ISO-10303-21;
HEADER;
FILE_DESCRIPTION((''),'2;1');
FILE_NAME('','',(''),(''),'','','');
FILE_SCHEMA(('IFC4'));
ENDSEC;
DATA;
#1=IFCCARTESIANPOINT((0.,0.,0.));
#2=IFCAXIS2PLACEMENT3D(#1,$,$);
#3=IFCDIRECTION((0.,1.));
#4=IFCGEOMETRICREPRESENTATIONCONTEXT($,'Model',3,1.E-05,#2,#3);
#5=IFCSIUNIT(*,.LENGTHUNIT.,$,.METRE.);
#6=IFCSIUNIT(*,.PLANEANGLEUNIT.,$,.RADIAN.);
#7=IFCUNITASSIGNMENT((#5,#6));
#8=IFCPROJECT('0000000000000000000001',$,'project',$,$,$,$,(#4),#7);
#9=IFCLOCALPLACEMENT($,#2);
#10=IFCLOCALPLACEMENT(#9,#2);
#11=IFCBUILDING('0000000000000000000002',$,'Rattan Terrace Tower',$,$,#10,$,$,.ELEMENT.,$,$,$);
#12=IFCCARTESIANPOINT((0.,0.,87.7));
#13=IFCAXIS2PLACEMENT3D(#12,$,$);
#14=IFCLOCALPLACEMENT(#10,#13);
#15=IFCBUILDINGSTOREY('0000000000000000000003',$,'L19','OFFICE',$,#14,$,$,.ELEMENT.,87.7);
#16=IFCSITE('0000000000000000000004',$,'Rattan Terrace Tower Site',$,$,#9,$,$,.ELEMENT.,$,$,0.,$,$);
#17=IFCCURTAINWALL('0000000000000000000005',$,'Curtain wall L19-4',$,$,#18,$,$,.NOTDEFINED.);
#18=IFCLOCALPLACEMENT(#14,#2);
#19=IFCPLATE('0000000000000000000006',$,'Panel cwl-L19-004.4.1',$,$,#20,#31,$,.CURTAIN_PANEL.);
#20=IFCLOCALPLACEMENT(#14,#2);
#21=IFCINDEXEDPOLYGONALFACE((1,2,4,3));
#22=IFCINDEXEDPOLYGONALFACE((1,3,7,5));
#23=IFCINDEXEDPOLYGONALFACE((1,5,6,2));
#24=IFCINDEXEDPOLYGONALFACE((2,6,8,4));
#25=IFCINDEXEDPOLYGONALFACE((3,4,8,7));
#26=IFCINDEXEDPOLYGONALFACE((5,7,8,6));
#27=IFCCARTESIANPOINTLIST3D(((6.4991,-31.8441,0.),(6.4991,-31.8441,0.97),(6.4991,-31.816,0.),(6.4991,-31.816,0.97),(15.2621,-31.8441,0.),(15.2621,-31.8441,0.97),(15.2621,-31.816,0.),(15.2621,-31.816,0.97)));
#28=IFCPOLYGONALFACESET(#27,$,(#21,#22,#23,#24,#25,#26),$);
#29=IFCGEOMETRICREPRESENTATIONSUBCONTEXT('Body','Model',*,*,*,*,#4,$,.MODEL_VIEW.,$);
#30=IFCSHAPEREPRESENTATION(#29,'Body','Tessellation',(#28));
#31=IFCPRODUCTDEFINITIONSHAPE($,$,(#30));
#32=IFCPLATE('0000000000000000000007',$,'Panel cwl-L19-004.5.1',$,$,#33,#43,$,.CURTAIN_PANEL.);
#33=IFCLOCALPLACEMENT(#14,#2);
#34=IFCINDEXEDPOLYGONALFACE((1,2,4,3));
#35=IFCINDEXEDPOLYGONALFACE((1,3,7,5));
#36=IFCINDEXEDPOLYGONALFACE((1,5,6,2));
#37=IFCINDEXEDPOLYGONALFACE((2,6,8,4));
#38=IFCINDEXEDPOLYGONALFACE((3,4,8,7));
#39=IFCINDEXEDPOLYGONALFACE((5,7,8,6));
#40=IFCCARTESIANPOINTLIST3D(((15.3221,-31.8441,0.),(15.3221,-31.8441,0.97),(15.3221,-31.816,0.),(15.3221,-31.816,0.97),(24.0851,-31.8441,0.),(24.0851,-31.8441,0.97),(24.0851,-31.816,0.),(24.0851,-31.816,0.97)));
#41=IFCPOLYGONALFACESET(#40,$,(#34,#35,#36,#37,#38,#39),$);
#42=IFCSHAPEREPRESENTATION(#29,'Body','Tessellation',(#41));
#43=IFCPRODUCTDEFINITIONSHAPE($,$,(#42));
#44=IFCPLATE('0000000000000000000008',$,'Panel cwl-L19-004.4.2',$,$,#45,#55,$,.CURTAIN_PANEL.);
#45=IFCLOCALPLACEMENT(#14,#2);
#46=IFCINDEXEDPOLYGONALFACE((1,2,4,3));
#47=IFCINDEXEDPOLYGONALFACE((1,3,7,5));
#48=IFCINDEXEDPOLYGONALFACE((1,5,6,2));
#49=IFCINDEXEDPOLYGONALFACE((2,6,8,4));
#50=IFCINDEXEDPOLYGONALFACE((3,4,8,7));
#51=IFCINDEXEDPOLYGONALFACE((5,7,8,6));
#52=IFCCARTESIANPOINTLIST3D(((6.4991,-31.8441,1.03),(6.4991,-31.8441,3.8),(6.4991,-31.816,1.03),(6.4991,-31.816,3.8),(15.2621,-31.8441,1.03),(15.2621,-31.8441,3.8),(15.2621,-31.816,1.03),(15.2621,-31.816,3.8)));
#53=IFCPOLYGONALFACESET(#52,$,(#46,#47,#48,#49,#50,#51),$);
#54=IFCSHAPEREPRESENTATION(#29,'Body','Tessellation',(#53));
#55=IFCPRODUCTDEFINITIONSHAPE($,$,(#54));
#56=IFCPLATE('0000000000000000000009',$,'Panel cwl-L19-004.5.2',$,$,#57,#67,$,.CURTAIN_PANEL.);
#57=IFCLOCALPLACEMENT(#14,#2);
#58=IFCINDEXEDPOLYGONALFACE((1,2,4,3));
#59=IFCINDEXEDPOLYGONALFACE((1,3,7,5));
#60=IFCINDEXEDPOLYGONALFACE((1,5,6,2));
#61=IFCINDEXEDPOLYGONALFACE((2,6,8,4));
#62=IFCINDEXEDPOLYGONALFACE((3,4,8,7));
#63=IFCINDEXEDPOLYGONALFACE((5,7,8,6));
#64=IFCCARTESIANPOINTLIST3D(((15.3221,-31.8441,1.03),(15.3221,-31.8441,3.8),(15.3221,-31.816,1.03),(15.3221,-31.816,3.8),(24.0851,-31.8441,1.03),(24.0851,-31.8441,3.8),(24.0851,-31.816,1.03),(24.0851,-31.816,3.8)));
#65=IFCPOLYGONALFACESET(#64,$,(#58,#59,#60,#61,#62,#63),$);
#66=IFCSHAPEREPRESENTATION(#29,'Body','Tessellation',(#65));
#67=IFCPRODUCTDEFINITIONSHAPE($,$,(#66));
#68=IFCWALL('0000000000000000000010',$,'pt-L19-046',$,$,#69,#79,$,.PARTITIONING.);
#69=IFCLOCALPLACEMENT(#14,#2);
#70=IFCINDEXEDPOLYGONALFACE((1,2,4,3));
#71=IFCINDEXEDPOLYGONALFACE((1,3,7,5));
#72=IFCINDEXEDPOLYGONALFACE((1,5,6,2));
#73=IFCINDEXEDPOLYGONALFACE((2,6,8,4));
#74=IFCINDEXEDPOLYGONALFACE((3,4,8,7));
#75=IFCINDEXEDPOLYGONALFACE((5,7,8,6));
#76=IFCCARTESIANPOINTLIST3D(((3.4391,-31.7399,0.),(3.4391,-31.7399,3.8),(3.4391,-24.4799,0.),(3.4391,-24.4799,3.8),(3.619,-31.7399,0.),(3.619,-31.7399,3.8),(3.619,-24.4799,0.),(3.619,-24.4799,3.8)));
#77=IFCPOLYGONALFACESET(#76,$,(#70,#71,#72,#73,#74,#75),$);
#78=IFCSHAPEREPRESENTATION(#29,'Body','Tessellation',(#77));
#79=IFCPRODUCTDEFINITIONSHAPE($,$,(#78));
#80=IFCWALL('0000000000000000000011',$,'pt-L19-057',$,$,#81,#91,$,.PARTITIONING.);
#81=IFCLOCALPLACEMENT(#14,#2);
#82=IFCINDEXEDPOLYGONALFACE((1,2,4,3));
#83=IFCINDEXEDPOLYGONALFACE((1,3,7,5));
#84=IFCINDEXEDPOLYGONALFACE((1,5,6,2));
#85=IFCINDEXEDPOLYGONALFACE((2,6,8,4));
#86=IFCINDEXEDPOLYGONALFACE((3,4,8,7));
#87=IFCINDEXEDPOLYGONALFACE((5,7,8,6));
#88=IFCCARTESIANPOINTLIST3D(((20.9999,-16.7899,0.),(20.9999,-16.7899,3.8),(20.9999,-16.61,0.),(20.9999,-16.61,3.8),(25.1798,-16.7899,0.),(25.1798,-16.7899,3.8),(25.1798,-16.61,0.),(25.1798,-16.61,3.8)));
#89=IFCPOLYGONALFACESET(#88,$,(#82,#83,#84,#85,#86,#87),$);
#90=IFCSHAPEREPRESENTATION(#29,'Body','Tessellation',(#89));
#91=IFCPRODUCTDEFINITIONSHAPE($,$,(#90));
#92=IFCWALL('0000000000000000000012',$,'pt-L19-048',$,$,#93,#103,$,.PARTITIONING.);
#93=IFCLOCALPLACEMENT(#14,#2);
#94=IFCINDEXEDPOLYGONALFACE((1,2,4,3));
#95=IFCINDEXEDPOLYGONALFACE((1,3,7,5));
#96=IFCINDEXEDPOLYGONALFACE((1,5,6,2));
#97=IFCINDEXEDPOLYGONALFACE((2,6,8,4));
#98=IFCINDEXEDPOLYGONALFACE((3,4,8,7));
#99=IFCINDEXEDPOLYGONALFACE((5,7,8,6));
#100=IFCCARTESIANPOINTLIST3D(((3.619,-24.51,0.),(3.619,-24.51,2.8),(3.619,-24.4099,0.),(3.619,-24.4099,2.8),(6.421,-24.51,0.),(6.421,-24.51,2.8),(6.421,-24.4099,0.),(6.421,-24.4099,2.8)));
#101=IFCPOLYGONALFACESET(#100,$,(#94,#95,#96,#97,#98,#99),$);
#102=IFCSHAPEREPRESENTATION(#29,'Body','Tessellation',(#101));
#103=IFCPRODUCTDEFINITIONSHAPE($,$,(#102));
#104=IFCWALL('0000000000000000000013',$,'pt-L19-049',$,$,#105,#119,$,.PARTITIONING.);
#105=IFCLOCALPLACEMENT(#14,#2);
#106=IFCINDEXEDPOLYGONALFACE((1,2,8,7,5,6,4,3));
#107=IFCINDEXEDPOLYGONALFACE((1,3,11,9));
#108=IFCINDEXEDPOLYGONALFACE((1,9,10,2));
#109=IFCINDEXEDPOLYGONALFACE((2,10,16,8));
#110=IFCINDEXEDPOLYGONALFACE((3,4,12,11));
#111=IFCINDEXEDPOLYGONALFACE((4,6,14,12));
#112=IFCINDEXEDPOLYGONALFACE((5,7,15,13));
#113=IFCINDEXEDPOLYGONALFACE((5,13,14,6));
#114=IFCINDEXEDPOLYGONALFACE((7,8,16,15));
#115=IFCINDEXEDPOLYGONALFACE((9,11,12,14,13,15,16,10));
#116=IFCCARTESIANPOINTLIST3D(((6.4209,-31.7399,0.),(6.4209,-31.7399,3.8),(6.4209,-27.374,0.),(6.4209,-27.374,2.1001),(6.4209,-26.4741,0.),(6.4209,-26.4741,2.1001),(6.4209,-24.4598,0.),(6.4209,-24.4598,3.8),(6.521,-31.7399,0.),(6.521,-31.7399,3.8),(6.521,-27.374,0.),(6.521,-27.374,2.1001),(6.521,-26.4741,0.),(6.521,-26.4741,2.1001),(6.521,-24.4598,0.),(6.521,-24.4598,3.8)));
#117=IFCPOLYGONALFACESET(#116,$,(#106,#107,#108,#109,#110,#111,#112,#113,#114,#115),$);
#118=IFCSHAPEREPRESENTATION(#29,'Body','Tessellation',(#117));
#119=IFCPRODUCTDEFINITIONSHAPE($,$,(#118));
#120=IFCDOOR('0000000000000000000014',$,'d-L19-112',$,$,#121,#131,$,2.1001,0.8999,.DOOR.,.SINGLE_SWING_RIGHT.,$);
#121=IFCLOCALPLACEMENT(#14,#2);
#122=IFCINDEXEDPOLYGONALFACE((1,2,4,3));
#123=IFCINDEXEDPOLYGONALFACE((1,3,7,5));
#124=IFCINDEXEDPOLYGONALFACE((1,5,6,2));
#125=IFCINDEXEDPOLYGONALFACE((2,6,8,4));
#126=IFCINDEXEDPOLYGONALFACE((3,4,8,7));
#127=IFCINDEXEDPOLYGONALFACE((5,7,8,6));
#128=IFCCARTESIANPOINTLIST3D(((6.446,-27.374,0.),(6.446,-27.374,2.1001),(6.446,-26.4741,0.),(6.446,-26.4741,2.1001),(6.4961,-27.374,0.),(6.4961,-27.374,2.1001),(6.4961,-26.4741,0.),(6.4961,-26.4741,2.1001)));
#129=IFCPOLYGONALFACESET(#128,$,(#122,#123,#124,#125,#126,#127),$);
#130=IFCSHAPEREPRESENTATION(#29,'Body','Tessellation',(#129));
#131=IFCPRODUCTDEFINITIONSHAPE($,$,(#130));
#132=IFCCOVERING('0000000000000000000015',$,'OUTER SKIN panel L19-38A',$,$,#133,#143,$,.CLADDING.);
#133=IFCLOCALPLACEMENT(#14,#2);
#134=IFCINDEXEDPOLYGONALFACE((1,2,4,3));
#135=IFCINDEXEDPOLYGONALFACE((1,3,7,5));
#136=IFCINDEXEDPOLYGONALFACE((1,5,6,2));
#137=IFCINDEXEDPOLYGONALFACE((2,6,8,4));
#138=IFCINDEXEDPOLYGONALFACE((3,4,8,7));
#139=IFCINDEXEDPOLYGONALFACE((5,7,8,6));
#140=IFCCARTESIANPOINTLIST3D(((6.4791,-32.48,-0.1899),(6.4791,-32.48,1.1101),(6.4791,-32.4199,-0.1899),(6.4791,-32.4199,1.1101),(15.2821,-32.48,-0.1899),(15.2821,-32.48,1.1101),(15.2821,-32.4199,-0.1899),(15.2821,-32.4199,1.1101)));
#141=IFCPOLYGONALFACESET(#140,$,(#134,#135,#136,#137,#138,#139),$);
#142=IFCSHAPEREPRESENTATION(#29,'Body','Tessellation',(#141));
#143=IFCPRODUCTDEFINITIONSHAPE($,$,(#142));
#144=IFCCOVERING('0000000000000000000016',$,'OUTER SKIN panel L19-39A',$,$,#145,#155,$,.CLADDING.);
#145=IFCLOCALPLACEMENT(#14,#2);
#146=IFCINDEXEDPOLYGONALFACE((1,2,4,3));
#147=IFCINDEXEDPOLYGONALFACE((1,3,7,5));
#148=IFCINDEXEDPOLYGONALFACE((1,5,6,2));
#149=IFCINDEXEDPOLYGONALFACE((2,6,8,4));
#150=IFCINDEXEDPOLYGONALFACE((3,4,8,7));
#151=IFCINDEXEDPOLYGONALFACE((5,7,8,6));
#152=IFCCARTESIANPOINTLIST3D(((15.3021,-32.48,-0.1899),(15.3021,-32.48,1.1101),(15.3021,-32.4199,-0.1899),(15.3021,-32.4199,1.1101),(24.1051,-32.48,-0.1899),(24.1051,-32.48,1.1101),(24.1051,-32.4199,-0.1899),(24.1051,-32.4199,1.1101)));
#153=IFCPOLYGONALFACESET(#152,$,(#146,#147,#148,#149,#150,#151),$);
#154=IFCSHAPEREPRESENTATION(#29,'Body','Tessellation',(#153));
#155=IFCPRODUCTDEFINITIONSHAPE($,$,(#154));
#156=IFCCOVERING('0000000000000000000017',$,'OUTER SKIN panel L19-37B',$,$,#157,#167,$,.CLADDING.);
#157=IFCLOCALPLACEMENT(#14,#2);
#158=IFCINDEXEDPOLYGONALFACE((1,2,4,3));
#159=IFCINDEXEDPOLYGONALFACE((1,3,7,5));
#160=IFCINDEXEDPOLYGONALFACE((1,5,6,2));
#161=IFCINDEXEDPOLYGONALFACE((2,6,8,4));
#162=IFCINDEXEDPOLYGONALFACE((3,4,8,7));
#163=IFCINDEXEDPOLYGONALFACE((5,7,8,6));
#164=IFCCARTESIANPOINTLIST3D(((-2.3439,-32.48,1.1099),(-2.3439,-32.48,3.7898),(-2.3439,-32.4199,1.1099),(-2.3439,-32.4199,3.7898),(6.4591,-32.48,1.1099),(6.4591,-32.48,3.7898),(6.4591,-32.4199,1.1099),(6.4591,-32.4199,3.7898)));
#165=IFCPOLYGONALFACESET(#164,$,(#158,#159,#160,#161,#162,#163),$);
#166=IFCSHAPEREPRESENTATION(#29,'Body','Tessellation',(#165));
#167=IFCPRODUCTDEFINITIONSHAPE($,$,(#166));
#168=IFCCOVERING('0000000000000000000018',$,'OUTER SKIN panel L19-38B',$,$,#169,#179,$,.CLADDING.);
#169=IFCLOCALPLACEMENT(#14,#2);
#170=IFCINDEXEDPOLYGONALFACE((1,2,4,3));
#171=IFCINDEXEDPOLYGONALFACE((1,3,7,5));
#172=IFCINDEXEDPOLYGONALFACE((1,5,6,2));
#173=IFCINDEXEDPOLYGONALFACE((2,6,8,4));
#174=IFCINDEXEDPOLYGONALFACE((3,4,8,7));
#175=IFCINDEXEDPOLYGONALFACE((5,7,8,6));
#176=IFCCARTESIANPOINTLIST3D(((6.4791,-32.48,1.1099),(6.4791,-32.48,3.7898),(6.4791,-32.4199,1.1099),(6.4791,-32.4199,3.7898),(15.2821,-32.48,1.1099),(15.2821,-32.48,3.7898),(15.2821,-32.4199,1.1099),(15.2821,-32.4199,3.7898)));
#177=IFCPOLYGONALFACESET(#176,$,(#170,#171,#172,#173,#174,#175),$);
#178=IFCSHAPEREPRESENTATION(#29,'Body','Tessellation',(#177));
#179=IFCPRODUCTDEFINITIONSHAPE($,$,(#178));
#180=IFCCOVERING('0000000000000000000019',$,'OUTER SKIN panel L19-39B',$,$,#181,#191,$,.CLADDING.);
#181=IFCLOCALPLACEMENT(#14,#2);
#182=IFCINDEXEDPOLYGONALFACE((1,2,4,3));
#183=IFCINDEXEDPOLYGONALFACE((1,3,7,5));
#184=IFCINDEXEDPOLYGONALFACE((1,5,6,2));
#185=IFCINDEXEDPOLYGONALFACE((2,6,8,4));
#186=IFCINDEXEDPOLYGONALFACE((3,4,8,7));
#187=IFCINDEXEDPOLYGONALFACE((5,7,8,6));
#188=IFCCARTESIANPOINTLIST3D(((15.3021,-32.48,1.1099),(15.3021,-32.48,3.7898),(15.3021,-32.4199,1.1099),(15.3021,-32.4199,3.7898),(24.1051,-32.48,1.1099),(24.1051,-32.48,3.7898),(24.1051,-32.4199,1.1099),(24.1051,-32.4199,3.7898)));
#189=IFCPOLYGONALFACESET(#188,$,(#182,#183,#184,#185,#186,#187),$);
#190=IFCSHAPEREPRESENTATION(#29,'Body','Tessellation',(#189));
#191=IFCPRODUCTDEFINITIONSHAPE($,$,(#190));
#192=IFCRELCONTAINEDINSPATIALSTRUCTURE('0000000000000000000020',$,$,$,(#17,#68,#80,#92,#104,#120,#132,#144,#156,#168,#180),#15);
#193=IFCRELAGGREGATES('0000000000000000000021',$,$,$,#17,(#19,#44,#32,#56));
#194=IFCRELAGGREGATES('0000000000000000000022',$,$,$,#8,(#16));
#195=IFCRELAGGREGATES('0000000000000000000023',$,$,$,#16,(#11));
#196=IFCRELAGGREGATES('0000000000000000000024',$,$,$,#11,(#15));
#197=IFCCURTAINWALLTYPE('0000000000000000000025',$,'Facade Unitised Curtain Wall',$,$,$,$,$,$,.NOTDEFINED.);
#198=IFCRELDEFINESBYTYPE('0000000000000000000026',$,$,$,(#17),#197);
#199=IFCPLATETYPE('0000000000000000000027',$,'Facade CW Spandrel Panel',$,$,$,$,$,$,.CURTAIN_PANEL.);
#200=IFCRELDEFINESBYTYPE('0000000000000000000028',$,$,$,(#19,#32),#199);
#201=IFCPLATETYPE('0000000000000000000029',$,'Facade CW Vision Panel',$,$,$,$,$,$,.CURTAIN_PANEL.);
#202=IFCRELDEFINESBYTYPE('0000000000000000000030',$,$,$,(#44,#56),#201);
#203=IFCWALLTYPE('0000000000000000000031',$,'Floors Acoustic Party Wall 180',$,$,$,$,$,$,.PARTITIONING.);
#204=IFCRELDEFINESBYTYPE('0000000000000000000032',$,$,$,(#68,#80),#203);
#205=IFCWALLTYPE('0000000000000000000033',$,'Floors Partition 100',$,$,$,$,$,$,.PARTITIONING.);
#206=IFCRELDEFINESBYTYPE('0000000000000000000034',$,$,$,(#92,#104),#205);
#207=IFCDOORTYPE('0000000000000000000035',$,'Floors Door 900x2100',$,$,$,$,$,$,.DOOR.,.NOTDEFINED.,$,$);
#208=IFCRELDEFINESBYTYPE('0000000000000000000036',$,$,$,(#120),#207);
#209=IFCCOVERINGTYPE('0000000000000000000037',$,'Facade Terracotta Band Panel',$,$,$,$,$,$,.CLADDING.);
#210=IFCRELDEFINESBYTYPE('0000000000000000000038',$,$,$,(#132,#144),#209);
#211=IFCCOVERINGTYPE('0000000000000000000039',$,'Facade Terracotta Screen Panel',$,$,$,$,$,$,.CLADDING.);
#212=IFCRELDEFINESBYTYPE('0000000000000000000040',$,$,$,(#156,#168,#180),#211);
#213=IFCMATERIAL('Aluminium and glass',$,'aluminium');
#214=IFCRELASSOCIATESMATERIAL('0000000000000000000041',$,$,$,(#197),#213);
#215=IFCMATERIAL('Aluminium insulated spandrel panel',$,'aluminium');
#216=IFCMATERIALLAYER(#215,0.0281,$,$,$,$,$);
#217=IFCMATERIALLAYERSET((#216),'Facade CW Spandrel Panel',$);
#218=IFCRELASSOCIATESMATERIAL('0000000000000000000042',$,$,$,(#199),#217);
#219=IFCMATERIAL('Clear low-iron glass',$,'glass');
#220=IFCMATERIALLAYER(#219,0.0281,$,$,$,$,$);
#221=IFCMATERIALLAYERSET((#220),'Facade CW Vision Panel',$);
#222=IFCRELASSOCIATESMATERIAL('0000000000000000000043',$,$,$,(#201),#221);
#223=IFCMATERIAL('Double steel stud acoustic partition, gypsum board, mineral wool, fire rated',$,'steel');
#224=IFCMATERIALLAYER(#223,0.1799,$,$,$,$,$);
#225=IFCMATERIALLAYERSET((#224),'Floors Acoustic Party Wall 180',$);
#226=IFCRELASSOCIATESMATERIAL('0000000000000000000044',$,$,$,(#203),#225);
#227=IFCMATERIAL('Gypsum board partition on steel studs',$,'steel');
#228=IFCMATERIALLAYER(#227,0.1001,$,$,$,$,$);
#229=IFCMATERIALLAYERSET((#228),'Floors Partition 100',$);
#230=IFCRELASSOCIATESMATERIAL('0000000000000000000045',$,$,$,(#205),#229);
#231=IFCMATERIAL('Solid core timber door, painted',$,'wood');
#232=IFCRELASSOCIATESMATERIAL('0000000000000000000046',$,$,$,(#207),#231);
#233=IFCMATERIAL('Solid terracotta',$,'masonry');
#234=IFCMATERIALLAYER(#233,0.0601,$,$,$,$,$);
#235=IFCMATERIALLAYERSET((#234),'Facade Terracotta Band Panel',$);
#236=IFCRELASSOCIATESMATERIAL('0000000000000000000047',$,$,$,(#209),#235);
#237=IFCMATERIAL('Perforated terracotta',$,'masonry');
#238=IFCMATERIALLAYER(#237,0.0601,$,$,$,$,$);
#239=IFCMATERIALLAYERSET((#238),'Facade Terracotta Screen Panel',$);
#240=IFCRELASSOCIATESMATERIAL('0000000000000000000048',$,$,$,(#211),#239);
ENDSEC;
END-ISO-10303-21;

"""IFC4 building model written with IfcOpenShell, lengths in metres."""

from ifc_helpers import new_model, si_unit, direction, frame, frame_2d, origin, origin_2d, place, context, subcontext, project, spatial, rectangle, extrude, material, layer, layer_set, type_object, element, fill, aggregate, save


model = new_model("IFC4")

# Units and contexts
model_context = context("Model", 3, precision=1e-05, world=origin(), true_north=direction((0.0, 1.0)))
body_context = subcontext(model_context, "Body", "Model", "MODEL_VIEW")
ifc_project = project(units=[si_unit("LENGTHUNIT", "METRE"), si_unit("PLANEANGLEUNIT", "RADIAN")], contexts=[model_context])

# Site, building, storey
site_placement = place(None, origin())
site = spatial("IfcSite", under=ifc_project, at=site_placement, Name="Rattan Terrace Tower Site", CompositionType="ELEMENT", RefElevation=0.0)
building_placement = place(site_placement, origin())
building = spatial("IfcBuilding", under=site, at=building_placement, Name="Rattan Terrace Tower", CompositionType="ELEMENT")
storey_placement = place(building_placement, frame((0.0, 0.0, 87.7)))
storey = spatial("IfcBuildingStorey", under=building, at=storey_placement, Name="L19", Description="OFFICE", CompositionType="ELEMENT", Elevation=87.7)

# Curtain wall
ifc_material_1 = material(Name="Aluminium and glass", Category="aluminium")
curtain_wall_type = type_object("IfcCurtainWallType", Name="Facade Unitised Curtain Wall", PredefinedType="NOTDEFINED", material=ifc_material_1)
curtain_wall_placement = place(storey_placement, origin())
curtain_wall = element("IfcCurtainWall", 1, at=curtain_wall_placement, inside=storey, type_object=curtain_wall_type, Name="Curtain wall L19-4", PredefinedType="NOTDEFINED")

# Plates
ifc_material_2 = material(Name="Aluminium insulated spandrel panel", Category="aluminium")
ifc_layer_1 = layer(ifc_material_2, 0.0281)
ifc_layer_set_1 = layer_set([ifc_layer_1], Name="Facade CW Spandrel Panel")
plate_type_1 = type_object("IfcPlateType", Name="Facade CW Spandrel Panel", PredefinedType="CURTAIN_PANEL", material=ifc_layer_set_1)
plate_1_placement = place(storey_placement, frame((10.8806, -31.8301, 0.0), z_axis=(0.0, 0.0, 1.0), x_axis=(1.0, 0.0, 0.0)))
plate_1 = element("IfcPlate", 2, at=plate_1_placement, type_object=plate_type_1, Name="Panel cwl-L19-004.4.1", PredefinedType="CURTAIN_PANEL", context=body_context, shape_type="SweptSolid", body=[
    extrude(rectangle(XDim=8.7629, YDim=0.0281, at=origin_2d()), origin(), (0.0, 0.0, 1.0), 0.97),
])
plate_2_placement = place(storey_placement, frame((19.7036, -31.8301, 0.0), z_axis=(0.0, 0.0, 1.0), x_axis=(1.0, 0.0, 0.0)))
plate_2 = element("IfcPlate", 3, at=plate_2_placement, type_object=plate_type_1, Name="Panel cwl-L19-004.5.1", PredefinedType="CURTAIN_PANEL", context=body_context, shape_type="SweptSolid", body=[
    extrude(rectangle(XDim=8.7629, YDim=0.0281, at=origin_2d()), origin(), (0.0, 0.0, 1.0), 0.97),
])
ifc_material_3 = material(Name="Clear low-iron glass", Category="glass")
ifc_layer_2 = layer(ifc_material_3, 0.0281)
ifc_layer_set_2 = layer_set([ifc_layer_2], Name="Facade CW Vision Panel")
plate_type_2 = type_object("IfcPlateType", Name="Facade CW Vision Panel", PredefinedType="CURTAIN_PANEL", material=ifc_layer_set_2)
plate_3_placement = place(storey_placement, frame((10.8806, -31.8301, 1.03), z_axis=(0.0, 0.0, 1.0), x_axis=(1.0, 0.0, 0.0)))
plate_3 = element("IfcPlate", 4, at=plate_3_placement, type_object=plate_type_2, Name="Panel cwl-L19-004.4.2", PredefinedType="CURTAIN_PANEL", context=body_context, shape_type="SweptSolid", body=[
    extrude(rectangle(XDim=8.7629, YDim=0.0281, at=origin_2d()), origin(), (0.0, 0.0, 1.0), 2.77),
])
plate_4_placement = place(storey_placement, frame((19.7036, -31.8301, 1.03), z_axis=(0.0, 0.0, 1.0), x_axis=(1.0, 0.0, 0.0)))
plate_4 = element("IfcPlate", 5, at=plate_4_placement, type_object=plate_type_2, Name="Panel cwl-L19-004.5.2", PredefinedType="CURTAIN_PANEL", context=body_context, shape_type="SweptSolid", body=[
    extrude(rectangle(XDim=8.7629, YDim=0.0281, at=origin_2d()), origin(), (0.0, 0.0, 1.0), 2.77),
])
aggregate(curtain_wall, [plate_1, plate_3, plate_2, plate_4])

# Walls
ifc_material_4 = material(Name="Double steel stud acoustic partition, gypsum board, mineral wool, fire rated", Category="steel")
ifc_layer_3 = layer(ifc_material_4, 0.1799)
ifc_layer_set_3 = layer_set([ifc_layer_3], Name="Floors Acoustic Party Wall 180")
wall_type_1 = type_object("IfcWallType", Name="Floors Acoustic Party Wall 180", PredefinedType="PARTITIONING", material=ifc_layer_set_3)
wall_1_placement = place(storey_placement, frame((3.5291, -24.48, 0.0), z_axis=(0.0, 0.0, 1.0), x_axis=(0.0, -1.0, 0.0)))
element("IfcWall", 6, at=wall_1_placement, inside=storey, type_object=wall_type_1, Name="pt-L19-046", PredefinedType="PARTITIONING", context=body_context, shape_type="SweptSolid", body=[
    extrude(rectangle(XDim=7.26, YDim=0.1799, at=frame_2d((3.6299, 0.0))), origin(), (0.0, 0.0, 1.0), 3.8),
])
wall_2_placement = place(storey_placement, frame((21.0, -16.7, 0.0), z_axis=(0.0, 0.0, 1.0), x_axis=(1.0, 0.0, 0.0)))
element("IfcWall", 7, at=wall_2_placement, inside=storey, type_object=wall_type_1, Name="pt-L19-057", PredefinedType="PARTITIONING", context=body_context, shape_type="SweptSolid", body=[
    extrude(rectangle(XDim=4.1799, YDim=0.1799, at=frame_2d((2.0898, 0.0))), origin(), (0.0, 0.0, 1.0), 3.8),
])
ifc_material_5 = material(Name="Gypsum board partition on steel studs", Category="steel")
ifc_layer_4 = layer(ifc_material_5, 0.1001)
ifc_layer_set_4 = layer_set([ifc_layer_4], Name="Floors Partition 100")
wall_type_2 = type_object("IfcWallType", Name="Floors Partition 100", PredefinedType="PARTITIONING", material=ifc_layer_set_4)
wall_3_placement = place(storey_placement, frame((6.4209, -24.46, 0.0), z_axis=(0.0, 0.0, 1.0), x_axis=(-1.0, 0.0, 0.0)))
element("IfcWall", 8, at=wall_3_placement, inside=storey, type_object=wall_type_2, Name="pt-L19-048", PredefinedType="PARTITIONING", context=body_context, shape_type="SweptSolid", body=[
    extrude(rectangle(XDim=2.802, YDim=0.1001, at=frame_2d((1.4009, 0.0))), origin(), (0.0, 0.0, 1.0), 2.8),
])

# Wall, opening, door
wall_4_placement = place(storey_placement, frame((6.4709, -31.74, 0.0), z_axis=(0.0, 0.0, 1.0), x_axis=(0.0, 1.0, 0.0)))
wall_4 = element("IfcWall", 9, at=wall_4_placement, inside=storey, type_object=wall_type_2, Name="pt-L19-049", PredefinedType="PARTITIONING", context=body_context, shape_type="SweptSolid", body=[
    extrude(rectangle(XDim=7.28, YDim=0.1001, at=frame_2d((3.6401, 0.0))), origin(), (0.0, 0.0, 1.0), 3.8),
])
opening_placement = place(wall_4_placement, frame((4.366, 0.0, 0.0)))
opening = element("IfcOpeningElement", 10, at=opening_placement, cuts=wall_4, PredefinedType="OPENING", context=body_context, shape_type="SweptSolid", body=[
    extrude(rectangle(XDim=0.8999, YDim=2.1001, at=frame_2d((0.45, 1.05))), frame((0.0, 0.0605, 0.0), z_axis=(0.0, -1.0, 0.0), x_axis=(1.0, 0.0, 0.0)), (0.0, 0.0, 1.0), 0.1211),
])
ifc_material_6 = material(Name="Solid core timber door, painted", Category="wood")
door_type = type_object("IfcDoorType", Name="Floors Door 900x2100", OperationType="NOTDEFINED", PredefinedType="DOOR", material=ifc_material_6)
door_placement = place(opening_placement, origin())
door = element("IfcDoor", 11, at=door_placement, inside=storey, type_object=door_type, Name="d-L19-112", OperationType="SINGLE_SWING_RIGHT", OverallHeight=2.1001, OverallWidth=0.8999, PredefinedType="DOOR", context=body_context, shape_type="SweptSolid", body=[
    extrude(rectangle(XDim=0.8999, YDim=2.1001, at=frame_2d((0.45, 1.05))), frame((0.0, 0.0249, 0.0), z_axis=(0.0, -1.0, 0.0), x_axis=(1.0, 0.0, 0.0)), (0.0, 0.0, 1.0), 0.05),
])
fill(opening, door)

# Coverings
ifc_material_7 = material(Name="Solid terracotta", Category="masonry")
ifc_layer_5 = layer(ifc_material_7, 0.0601)
ifc_layer_set_5 = layer_set([ifc_layer_5], Name="Facade Terracotta Band Panel")
covering_type_1 = type_object("IfcCoveringType", Name="Facade Terracotta Band Panel", PredefinedType="CLADDING", material=ifc_layer_set_5)
for number, where, z_axis, x_axis, name in (
    (12, (10.8806, -32.45, -0.1899), (0.0, 0.0, 1.0), (1.0, 0.0, 0.0), "OUTER SKIN panel L19-38A"),
    (13, (19.7036, -32.45, -0.1899), (0.0, 0.0, 1.0), (1.0, 0.0, 0.0), "OUTER SKIN panel L19-39A"),
):
    element("IfcCovering", number, at=place(storey_placement, frame(where, z_axis=z_axis, x_axis=x_axis)), inside=storey, type_object=covering_type_1, Name=name, PredefinedType="CLADDING", context=body_context, shape_type="SweptSolid", body=[
        extrude(rectangle(XDim=8.803, YDim=0.0601, at=origin_2d()), origin(), (0.0, 0.0, 1.0), 1.3),
    ])
ifc_material_8 = material(Name="Perforated terracotta", Category="masonry")
ifc_layer_6 = layer(ifc_material_8, 0.0601)
ifc_layer_set_6 = layer_set([ifc_layer_6], Name="Facade Terracotta Screen Panel")
covering_type_2 = type_object("IfcCoveringType", Name="Facade Terracotta Screen Panel", PredefinedType="CLADDING", material=ifc_layer_set_6)
for number, where, z_axis, x_axis, name in (
    (14, (2.0576, -32.45, 1.1099), (0.0, 0.0, 1.0), (1.0, 0.0, 0.0), "OUTER SKIN panel L19-37B"),
    (15, (10.8806, -32.45, 1.1099), (0.0, 0.0, 1.0), (1.0, 0.0, 0.0), "OUTER SKIN panel L19-38B"),
    (16, (19.7036, -32.45, 1.1099), (0.0, 0.0, 1.0), (1.0, 0.0, 0.0), "OUTER SKIN panel L19-39B"),
):
    element("IfcCovering", number, at=place(storey_placement, frame(where, z_axis=z_axis, x_axis=x_axis)), inside=storey, type_object=covering_type_2, Name=name, PredefinedType="CLADDING", context=body_context, shape_type="SweptSolid", body=[
        extrude(rectangle(XDim=8.803, YDim=0.0601, at=origin_2d()), origin(), (0.0, 0.0, 1.0), 2.6799),
    ])

save(model, "model.ifc")
